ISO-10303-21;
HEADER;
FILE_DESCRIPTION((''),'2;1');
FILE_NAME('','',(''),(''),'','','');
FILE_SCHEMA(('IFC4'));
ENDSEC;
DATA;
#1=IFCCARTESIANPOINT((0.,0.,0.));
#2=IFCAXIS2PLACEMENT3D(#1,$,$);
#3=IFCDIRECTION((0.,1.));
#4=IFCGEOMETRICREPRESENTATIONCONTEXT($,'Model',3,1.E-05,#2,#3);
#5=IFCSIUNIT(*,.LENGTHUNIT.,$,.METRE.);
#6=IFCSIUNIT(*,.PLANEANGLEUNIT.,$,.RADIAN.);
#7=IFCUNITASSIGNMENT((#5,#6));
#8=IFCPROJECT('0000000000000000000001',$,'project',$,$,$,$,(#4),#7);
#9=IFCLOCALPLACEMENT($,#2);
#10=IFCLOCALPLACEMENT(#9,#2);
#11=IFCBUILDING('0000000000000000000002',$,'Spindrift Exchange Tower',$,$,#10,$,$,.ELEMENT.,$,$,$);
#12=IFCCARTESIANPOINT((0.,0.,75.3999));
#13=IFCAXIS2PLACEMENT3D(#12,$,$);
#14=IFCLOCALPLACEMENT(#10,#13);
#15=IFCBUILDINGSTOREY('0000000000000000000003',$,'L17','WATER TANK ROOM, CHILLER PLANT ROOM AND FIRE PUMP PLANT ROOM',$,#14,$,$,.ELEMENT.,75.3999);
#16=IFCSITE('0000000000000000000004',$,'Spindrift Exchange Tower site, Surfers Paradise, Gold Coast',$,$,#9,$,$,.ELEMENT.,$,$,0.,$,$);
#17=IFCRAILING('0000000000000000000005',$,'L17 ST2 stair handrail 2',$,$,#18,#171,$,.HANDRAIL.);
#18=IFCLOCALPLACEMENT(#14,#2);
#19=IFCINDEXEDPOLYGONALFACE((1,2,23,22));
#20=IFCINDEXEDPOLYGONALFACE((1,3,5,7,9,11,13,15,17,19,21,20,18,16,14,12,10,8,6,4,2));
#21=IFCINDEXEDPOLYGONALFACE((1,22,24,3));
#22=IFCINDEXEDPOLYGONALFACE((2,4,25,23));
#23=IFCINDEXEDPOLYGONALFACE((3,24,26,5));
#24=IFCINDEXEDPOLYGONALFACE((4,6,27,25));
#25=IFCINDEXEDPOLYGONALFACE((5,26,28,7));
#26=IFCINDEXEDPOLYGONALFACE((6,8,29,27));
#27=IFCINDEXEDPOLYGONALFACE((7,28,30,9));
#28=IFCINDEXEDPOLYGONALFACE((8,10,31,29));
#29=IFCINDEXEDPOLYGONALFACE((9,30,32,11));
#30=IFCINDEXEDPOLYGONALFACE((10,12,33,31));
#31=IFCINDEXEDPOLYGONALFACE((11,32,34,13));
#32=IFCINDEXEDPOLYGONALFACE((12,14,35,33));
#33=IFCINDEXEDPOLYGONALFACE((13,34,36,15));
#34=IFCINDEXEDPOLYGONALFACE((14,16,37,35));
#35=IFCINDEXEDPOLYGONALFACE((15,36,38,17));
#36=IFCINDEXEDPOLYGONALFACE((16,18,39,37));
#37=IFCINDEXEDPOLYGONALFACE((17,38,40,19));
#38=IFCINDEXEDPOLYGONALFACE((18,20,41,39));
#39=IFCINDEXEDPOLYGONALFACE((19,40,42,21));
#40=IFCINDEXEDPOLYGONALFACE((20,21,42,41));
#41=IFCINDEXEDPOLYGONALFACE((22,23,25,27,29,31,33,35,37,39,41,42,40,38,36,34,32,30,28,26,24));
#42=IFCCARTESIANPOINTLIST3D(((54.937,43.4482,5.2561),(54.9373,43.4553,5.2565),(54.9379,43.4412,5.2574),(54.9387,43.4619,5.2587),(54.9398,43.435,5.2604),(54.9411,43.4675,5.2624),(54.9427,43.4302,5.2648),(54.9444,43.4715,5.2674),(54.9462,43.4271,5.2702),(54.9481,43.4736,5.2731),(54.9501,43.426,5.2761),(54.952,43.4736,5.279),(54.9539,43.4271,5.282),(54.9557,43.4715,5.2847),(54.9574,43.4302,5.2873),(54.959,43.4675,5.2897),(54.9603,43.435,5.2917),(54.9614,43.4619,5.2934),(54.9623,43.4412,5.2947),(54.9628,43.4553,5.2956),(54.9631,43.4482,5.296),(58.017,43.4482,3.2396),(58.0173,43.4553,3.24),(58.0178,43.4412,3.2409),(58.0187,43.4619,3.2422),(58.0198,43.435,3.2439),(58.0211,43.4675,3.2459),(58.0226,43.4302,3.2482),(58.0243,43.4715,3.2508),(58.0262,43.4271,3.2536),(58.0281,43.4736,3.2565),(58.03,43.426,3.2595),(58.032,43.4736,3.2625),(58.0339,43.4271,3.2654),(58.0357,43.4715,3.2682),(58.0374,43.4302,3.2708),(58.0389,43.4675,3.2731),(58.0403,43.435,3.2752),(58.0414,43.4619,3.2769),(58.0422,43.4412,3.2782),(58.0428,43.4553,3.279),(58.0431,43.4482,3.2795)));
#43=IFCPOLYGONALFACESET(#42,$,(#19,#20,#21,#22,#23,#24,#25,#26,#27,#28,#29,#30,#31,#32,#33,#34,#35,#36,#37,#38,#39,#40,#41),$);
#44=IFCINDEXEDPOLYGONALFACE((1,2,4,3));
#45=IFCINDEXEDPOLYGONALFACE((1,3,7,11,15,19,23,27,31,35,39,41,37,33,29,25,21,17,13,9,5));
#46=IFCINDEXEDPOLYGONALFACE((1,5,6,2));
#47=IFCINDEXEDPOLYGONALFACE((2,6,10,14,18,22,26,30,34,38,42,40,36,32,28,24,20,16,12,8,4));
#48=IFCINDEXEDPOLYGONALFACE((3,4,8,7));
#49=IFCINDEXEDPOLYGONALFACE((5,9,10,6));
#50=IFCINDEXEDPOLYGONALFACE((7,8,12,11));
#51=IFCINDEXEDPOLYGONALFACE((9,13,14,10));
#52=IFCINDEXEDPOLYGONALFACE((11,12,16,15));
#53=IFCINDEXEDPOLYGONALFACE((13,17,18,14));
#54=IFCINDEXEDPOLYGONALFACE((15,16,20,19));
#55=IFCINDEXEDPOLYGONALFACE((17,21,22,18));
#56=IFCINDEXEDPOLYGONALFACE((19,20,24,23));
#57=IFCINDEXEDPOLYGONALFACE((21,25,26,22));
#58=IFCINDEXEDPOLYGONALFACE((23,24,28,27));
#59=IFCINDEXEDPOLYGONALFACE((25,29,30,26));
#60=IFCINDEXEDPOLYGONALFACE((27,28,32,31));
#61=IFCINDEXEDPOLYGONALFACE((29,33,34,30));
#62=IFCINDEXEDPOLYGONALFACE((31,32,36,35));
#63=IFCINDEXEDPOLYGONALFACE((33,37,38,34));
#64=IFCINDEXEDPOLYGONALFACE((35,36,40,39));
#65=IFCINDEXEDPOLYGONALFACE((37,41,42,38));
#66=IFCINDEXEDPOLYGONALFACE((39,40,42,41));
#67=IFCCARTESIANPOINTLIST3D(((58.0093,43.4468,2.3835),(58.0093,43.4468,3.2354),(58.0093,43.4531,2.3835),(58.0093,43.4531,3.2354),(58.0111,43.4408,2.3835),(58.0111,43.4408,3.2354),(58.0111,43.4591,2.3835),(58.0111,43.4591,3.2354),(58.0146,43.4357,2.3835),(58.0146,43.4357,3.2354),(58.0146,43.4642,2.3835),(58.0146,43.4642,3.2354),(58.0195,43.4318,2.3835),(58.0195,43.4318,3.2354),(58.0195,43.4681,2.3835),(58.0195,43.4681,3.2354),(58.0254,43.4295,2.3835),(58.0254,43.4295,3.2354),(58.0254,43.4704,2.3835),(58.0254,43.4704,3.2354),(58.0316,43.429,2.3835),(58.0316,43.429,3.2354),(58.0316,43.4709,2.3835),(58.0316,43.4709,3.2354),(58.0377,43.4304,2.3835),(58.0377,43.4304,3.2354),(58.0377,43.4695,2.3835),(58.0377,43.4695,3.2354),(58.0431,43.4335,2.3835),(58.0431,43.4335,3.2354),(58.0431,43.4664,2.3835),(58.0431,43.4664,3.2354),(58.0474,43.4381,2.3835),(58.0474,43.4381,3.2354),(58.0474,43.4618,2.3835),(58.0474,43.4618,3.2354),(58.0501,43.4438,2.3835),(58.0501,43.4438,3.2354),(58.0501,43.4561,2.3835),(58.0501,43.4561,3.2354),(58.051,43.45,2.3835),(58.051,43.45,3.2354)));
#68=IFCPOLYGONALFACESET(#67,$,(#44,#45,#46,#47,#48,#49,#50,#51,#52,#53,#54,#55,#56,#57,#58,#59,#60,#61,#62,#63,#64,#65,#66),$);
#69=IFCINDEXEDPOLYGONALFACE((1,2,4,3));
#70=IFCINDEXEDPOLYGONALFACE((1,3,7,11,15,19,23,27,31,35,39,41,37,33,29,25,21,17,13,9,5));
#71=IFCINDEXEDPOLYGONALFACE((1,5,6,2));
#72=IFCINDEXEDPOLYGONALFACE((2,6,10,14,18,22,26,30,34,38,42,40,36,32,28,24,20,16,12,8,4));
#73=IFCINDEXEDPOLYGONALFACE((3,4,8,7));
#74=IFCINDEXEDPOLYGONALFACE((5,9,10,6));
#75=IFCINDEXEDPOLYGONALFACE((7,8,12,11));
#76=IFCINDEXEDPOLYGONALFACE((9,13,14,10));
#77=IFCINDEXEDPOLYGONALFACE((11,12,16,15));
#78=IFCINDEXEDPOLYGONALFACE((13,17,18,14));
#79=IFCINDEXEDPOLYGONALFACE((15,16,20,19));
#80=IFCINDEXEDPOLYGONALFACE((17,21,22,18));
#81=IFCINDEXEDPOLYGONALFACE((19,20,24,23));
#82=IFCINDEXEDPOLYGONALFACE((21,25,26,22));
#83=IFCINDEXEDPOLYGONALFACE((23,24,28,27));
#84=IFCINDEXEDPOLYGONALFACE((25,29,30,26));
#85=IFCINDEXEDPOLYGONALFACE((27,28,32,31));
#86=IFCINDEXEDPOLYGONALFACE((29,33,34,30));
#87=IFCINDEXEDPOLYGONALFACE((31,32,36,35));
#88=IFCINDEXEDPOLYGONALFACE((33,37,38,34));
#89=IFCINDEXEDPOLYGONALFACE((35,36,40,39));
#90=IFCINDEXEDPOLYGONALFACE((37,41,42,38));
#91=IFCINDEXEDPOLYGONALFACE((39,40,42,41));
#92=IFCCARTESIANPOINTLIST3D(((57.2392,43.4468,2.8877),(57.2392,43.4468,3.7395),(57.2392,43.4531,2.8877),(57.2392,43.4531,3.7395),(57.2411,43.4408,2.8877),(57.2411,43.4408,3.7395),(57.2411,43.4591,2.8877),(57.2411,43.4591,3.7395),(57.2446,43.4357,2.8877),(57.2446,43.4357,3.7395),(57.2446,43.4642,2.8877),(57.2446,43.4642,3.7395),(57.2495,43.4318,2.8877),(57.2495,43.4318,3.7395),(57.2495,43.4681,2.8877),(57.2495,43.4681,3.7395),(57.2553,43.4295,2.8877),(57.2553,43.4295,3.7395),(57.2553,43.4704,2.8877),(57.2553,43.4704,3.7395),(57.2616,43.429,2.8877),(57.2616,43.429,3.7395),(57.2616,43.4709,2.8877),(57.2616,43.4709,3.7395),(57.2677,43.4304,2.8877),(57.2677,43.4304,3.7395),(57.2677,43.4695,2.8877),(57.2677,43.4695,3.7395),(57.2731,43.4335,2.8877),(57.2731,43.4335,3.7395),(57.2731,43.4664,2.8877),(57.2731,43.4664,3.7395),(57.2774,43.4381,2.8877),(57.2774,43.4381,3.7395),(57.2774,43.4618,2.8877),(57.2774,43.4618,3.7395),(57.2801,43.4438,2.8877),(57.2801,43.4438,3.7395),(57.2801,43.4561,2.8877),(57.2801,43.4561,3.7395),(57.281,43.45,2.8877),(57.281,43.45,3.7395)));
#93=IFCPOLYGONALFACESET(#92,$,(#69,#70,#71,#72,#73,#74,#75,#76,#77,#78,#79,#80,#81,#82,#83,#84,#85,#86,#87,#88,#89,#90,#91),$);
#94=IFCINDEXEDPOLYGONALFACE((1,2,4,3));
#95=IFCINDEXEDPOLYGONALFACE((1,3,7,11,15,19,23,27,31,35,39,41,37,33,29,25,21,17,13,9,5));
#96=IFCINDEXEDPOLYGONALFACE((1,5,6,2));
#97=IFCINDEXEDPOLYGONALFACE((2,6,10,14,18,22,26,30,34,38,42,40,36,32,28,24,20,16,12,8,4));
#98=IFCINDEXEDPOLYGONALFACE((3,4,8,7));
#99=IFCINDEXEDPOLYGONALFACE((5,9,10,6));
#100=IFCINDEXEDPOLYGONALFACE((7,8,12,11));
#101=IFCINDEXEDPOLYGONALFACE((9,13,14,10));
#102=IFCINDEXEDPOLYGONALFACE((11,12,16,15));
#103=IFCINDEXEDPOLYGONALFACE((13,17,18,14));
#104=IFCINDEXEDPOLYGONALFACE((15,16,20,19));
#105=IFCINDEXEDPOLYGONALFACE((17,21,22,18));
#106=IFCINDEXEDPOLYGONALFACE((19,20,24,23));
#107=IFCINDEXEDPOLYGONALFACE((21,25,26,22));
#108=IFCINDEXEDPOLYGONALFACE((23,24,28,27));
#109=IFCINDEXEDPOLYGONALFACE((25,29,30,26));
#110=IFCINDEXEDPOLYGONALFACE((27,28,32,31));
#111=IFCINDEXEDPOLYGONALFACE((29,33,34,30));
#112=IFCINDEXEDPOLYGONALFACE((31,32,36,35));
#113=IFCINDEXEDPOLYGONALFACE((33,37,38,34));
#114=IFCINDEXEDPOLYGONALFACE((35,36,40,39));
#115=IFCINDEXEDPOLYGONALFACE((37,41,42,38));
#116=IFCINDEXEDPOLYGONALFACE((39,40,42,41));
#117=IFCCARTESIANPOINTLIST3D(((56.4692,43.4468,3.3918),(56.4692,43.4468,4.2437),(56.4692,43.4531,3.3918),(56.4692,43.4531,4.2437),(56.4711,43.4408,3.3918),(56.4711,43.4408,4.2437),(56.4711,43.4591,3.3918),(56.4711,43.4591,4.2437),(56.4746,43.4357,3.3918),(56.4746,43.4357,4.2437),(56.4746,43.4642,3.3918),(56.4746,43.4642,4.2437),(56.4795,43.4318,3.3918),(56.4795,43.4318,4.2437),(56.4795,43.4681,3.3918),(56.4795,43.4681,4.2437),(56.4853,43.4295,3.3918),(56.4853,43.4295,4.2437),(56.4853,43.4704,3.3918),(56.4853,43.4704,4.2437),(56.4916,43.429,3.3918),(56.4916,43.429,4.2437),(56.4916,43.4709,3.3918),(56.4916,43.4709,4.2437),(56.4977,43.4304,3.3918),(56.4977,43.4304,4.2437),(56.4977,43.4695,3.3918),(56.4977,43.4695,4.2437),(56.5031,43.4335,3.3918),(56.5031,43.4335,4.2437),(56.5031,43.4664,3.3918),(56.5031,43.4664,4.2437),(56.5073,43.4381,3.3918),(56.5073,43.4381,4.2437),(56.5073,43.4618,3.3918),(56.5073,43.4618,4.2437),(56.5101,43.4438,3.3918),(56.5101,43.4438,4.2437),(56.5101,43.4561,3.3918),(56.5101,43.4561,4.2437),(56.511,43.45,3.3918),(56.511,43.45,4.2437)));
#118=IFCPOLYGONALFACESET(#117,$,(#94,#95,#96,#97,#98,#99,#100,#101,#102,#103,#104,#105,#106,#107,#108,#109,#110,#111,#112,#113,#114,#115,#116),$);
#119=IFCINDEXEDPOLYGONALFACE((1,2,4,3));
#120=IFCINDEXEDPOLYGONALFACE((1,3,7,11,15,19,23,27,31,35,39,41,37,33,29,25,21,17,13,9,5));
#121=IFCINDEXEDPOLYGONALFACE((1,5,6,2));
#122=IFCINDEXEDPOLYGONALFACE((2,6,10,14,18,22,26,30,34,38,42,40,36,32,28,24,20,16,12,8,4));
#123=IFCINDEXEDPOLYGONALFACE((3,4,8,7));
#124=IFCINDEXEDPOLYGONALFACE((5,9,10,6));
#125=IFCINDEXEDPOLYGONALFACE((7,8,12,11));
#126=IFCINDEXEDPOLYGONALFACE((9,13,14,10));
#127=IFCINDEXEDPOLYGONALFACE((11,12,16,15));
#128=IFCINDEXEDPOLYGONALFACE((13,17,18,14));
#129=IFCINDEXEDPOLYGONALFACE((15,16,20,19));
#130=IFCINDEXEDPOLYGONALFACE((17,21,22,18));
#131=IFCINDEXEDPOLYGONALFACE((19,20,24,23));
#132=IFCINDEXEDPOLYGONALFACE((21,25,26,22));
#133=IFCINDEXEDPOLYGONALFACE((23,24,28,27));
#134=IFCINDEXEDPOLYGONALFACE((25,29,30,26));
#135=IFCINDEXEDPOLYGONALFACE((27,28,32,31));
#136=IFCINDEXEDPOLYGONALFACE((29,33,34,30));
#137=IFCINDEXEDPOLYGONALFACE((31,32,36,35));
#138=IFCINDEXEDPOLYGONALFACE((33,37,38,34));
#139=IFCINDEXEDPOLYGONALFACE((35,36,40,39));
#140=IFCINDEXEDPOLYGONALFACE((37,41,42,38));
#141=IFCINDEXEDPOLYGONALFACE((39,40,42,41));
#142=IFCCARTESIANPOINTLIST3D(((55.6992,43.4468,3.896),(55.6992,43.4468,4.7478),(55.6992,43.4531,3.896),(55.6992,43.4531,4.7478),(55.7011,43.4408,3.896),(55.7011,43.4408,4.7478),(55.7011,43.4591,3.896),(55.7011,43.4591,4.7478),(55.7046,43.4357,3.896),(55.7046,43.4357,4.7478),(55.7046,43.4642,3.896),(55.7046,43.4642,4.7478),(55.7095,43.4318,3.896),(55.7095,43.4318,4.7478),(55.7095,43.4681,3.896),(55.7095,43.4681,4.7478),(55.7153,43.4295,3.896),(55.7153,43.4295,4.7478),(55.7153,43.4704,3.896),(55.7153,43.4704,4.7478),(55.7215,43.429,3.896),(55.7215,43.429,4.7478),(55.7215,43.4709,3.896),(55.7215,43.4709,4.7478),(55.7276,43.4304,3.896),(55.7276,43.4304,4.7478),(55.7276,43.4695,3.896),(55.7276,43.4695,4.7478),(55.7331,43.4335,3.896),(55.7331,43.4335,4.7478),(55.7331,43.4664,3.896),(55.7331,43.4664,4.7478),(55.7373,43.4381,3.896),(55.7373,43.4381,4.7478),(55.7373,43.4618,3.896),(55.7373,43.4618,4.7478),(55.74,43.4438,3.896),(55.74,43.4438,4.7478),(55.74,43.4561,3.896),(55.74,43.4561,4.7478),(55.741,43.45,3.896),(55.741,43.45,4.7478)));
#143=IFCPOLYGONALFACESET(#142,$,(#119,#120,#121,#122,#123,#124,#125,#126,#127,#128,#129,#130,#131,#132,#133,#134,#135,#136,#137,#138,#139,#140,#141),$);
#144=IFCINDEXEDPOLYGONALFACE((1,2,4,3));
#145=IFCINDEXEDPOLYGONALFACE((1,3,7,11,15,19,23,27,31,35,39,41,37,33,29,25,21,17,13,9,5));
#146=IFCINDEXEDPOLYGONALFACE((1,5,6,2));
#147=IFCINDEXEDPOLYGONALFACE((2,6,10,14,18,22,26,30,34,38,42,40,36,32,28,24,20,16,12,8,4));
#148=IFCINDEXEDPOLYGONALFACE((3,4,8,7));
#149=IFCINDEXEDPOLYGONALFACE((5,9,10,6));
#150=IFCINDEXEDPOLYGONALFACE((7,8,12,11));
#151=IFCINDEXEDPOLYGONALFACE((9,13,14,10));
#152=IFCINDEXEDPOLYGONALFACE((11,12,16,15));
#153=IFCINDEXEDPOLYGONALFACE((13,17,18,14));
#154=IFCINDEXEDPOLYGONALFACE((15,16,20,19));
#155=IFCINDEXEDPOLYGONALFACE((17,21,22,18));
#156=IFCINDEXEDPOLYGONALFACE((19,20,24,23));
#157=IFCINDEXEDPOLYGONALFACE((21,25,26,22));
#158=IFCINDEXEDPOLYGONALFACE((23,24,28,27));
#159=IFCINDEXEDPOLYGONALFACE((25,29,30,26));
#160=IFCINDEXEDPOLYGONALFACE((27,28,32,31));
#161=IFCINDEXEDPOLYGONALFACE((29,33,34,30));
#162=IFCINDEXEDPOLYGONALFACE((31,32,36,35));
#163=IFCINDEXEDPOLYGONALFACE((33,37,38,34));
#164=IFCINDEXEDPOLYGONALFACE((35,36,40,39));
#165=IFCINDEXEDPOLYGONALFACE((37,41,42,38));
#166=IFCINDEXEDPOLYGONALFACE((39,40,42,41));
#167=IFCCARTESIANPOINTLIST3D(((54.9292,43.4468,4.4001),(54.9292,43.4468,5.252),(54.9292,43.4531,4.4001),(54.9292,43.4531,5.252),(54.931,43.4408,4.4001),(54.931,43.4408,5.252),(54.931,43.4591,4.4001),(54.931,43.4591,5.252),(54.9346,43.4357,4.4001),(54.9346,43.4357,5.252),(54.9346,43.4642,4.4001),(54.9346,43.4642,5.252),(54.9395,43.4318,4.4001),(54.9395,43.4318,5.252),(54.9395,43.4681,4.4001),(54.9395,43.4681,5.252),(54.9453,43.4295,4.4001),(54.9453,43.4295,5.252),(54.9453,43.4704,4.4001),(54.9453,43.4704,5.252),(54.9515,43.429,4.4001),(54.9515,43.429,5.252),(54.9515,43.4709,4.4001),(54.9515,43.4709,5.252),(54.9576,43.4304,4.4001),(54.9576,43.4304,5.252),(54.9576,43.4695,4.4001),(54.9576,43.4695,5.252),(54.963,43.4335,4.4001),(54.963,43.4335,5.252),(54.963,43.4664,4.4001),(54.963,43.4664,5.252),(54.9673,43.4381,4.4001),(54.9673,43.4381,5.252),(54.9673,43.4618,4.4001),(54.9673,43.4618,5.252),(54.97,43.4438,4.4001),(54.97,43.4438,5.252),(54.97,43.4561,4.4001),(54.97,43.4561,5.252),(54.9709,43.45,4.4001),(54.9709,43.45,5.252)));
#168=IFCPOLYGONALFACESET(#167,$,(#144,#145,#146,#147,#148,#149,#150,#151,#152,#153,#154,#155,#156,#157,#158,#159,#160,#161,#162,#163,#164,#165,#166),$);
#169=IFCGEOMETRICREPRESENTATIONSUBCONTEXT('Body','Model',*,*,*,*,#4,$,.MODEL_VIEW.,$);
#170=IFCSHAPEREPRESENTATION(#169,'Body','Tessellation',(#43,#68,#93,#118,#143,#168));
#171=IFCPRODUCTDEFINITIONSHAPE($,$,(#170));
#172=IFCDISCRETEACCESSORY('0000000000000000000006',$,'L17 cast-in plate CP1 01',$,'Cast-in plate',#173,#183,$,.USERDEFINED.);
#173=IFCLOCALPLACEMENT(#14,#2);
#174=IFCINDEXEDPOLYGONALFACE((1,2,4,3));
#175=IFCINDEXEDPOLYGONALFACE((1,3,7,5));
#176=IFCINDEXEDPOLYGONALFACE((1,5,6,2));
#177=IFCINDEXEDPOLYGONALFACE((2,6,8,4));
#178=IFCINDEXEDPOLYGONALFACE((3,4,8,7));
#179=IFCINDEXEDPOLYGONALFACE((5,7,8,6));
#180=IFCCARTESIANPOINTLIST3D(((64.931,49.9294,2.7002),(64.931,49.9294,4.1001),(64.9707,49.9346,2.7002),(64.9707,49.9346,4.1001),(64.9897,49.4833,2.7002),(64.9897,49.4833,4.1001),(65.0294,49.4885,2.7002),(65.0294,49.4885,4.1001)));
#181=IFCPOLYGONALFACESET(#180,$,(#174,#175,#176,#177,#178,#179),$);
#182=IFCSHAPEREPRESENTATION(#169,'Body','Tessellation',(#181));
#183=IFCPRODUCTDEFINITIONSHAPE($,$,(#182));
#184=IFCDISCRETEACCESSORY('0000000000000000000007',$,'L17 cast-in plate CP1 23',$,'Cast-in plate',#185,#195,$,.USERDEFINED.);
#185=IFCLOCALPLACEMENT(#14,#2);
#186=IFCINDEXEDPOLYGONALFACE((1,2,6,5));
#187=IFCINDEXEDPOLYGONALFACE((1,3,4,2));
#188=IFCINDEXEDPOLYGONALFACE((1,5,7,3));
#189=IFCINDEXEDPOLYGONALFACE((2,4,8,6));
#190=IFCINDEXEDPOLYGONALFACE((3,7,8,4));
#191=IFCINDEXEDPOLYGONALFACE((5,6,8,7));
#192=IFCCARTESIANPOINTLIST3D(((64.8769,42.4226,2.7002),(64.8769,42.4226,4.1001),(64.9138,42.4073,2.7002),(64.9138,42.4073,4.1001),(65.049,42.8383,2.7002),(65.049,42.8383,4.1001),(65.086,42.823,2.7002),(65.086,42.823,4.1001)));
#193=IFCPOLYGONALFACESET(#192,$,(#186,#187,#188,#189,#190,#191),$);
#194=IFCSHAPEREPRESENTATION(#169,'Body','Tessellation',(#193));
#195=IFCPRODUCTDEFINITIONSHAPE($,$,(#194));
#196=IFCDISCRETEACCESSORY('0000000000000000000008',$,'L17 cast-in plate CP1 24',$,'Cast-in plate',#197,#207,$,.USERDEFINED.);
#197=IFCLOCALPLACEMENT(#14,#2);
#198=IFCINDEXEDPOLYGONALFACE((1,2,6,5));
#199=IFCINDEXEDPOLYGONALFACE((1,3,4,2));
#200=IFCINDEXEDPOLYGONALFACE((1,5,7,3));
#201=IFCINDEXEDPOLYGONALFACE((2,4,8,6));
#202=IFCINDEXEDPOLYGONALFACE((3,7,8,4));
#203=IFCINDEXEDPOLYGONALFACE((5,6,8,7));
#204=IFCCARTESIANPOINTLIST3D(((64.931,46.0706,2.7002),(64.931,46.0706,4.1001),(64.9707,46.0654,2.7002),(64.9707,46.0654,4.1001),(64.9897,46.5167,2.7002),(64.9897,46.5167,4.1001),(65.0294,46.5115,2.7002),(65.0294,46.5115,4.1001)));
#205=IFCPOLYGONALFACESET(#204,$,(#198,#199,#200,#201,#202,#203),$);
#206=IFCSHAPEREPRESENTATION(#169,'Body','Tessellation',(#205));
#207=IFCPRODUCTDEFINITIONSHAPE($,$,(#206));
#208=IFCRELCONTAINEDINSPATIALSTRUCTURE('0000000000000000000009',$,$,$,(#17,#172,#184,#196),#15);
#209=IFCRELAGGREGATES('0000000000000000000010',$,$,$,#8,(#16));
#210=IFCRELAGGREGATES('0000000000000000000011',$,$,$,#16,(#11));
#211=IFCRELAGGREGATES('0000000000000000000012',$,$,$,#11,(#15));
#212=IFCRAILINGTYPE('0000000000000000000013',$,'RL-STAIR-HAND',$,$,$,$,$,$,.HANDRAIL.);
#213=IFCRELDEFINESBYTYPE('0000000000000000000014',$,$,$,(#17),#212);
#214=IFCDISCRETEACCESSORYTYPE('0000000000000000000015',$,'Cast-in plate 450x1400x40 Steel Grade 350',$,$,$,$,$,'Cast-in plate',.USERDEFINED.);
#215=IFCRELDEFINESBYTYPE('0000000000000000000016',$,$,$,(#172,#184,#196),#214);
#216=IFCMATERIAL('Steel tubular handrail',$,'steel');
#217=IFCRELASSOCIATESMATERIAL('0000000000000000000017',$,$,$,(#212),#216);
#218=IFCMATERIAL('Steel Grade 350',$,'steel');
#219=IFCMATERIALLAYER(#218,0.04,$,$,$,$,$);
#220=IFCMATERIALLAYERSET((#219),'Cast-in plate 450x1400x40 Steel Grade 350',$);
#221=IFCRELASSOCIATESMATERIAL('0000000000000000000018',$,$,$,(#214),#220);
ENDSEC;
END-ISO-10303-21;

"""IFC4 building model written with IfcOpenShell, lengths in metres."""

from ifc_helpers import new_model, si_unit, direction, frame, origin, origin_2d, place, context, subcontext, project, spatial, rectangle, circle, extrude, source, transform, mapped, material, layer, layer_set, type_object, element, save


model = new_model("IFC4")

# Units and contexts
model_context = context("Model", 3, precision=1e-05, world=origin(), true_north=direction((0.0, 1.0)))
body_context = subcontext(model_context, "Body", "Model", "MODEL_VIEW")
ifc_project = project(units=[si_unit("LENGTHUNIT", "METRE"), si_unit("PLANEANGLEUNIT", "RADIAN")], contexts=[model_context])

# Site, building, storey
site_placement = place(None, origin())
site = spatial("IfcSite", under=ifc_project, at=site_placement, Name="Spindrift Exchange Tower site, Surfers Paradise, Gold Coast", CompositionType="ELEMENT", RefElevation=0.0)
building_placement = place(site_placement, origin())
building = spatial("IfcBuilding", under=site, at=building_placement, Name="Spindrift Exchange Tower", CompositionType="ELEMENT")
storey_placement = place(building_placement, frame((0.0, 0.0, 75.3999)))
storey = spatial("IfcBuildingStorey", under=building, at=storey_placement, Name="L17", Description="WATER TANK ROOM, CHILLER PLANT ROOM AND FIRE PUMP PLANT ROOM", CompositionType="ELEMENT", Elevation=75.3999)

# Railing
ifc_material_1 = material(Name="Steel tubular handrail", Category="steel")
railing_type_1 = type_object("IfcRailingType", Name="RL-STAIR-HAND", PredefinedType="HANDRAIL", material=ifc_material_1)
railing_1_placement = place(storey_placement, frame((58.03, 43.45, 2.3835)))
element("IfcRailing", 1, at=railing_1_placement, inside=storey, type_object=railing_type_1, Name="L17 ST2 stair handrail 2", PredefinedType="HANDRAIL", context=body_context, shape_type="SweptSolid", body=[
    extrude(circle(Radius=0.0239, at=origin_2d()), frame((0.0, 0.0, 0.876), z_axis=(-0.836633, 0.0, 0.547764), x_axis=(0.0, -1.0, 0.0)), (0.0, 0.0, 1.0), 3.6814),
    extrude(circle(Radius=0.021, at=origin_2d()), origin(), (0.0, 0.0, 1.0), 0.8518),
    extrude(circle(Radius=0.021, at=origin_2d()), frame((-0.77, 0.0, 0.5042)), (0.0, 0.0, 1.0), 0.8518),
    extrude(circle(Radius=0.021, at=origin_2d()), frame((-1.54, 0.0, 1.0083)), (0.0, 0.0, 1.0), 0.8518),
    extrude(circle(Radius=0.021, at=origin_2d()), frame((-2.3101, 0.0, 1.5125)), (0.0, 0.0, 1.0), 0.8518),
    extrude(circle(Radius=0.021, at=origin_2d()), frame((-3.0801, 0.0, 2.0166)), (0.0, 0.0, 1.0), 0.8518),
])

# Discrete accessories
ifc_material_2 = material(Name="Steel Grade 350", Category="steel")
ifc_layer_1 = layer(ifc_material_2, 0.04)
ifc_layer_set_1 = layer_set([ifc_layer_1], Name="Cast-in plate 450x1400x40 Steel Grade 350")
discrete_accessory_type_1 = type_object("IfcDiscreteAccessoryType", Name="Cast-in plate 450x1400x40 Steel Grade 350", ElementType="Cast-in plate", PredefinedType="USERDEFINED", material=ifc_layer_set_1)
shared_shape_1 = source(origin(), body_context, "Body", "SweptSolid", [
    extrude(rectangle(XDim=0.04, YDim=0.45, at=origin_2d()), origin(), (0.0, 0.0, 1.0), 1.3999),
])
for number, where, z_axis, x_axis, name in (
    (2, (64.9802, 49.709, 2.7002), (0.0, 0.0, 1.0), (0.991445, 0.130526, 0.0), "L17 cast-in plate CP1 01"),
    (3, (64.9814, 42.6228, 2.7002), (0.0, 0.0, 1.0), (0.92388, -0.382683, 0.0), "L17 cast-in plate CP1 23"),
    (4, (64.9802, 46.291, 2.7002), (0.0, 0.0, 1.0), (0.991445, -0.130526, 0.0), "L17 cast-in plate CP1 24"),
):
    element("IfcDiscreteAccessory", number, at=place(storey_placement, frame(where, z_axis=z_axis, x_axis=x_axis)), inside=storey, type_object=discrete_accessory_type_1, Name=name, ObjectType="Cast-in plate", PredefinedType="USERDEFINED", context=body_context, shape_type="MappedRepresentation", body=[
        mapped(shared_shape_1, transform((0.0, 0.0, 0.0), scale=1.0)),
    ])

save(model, "model.ifc")
